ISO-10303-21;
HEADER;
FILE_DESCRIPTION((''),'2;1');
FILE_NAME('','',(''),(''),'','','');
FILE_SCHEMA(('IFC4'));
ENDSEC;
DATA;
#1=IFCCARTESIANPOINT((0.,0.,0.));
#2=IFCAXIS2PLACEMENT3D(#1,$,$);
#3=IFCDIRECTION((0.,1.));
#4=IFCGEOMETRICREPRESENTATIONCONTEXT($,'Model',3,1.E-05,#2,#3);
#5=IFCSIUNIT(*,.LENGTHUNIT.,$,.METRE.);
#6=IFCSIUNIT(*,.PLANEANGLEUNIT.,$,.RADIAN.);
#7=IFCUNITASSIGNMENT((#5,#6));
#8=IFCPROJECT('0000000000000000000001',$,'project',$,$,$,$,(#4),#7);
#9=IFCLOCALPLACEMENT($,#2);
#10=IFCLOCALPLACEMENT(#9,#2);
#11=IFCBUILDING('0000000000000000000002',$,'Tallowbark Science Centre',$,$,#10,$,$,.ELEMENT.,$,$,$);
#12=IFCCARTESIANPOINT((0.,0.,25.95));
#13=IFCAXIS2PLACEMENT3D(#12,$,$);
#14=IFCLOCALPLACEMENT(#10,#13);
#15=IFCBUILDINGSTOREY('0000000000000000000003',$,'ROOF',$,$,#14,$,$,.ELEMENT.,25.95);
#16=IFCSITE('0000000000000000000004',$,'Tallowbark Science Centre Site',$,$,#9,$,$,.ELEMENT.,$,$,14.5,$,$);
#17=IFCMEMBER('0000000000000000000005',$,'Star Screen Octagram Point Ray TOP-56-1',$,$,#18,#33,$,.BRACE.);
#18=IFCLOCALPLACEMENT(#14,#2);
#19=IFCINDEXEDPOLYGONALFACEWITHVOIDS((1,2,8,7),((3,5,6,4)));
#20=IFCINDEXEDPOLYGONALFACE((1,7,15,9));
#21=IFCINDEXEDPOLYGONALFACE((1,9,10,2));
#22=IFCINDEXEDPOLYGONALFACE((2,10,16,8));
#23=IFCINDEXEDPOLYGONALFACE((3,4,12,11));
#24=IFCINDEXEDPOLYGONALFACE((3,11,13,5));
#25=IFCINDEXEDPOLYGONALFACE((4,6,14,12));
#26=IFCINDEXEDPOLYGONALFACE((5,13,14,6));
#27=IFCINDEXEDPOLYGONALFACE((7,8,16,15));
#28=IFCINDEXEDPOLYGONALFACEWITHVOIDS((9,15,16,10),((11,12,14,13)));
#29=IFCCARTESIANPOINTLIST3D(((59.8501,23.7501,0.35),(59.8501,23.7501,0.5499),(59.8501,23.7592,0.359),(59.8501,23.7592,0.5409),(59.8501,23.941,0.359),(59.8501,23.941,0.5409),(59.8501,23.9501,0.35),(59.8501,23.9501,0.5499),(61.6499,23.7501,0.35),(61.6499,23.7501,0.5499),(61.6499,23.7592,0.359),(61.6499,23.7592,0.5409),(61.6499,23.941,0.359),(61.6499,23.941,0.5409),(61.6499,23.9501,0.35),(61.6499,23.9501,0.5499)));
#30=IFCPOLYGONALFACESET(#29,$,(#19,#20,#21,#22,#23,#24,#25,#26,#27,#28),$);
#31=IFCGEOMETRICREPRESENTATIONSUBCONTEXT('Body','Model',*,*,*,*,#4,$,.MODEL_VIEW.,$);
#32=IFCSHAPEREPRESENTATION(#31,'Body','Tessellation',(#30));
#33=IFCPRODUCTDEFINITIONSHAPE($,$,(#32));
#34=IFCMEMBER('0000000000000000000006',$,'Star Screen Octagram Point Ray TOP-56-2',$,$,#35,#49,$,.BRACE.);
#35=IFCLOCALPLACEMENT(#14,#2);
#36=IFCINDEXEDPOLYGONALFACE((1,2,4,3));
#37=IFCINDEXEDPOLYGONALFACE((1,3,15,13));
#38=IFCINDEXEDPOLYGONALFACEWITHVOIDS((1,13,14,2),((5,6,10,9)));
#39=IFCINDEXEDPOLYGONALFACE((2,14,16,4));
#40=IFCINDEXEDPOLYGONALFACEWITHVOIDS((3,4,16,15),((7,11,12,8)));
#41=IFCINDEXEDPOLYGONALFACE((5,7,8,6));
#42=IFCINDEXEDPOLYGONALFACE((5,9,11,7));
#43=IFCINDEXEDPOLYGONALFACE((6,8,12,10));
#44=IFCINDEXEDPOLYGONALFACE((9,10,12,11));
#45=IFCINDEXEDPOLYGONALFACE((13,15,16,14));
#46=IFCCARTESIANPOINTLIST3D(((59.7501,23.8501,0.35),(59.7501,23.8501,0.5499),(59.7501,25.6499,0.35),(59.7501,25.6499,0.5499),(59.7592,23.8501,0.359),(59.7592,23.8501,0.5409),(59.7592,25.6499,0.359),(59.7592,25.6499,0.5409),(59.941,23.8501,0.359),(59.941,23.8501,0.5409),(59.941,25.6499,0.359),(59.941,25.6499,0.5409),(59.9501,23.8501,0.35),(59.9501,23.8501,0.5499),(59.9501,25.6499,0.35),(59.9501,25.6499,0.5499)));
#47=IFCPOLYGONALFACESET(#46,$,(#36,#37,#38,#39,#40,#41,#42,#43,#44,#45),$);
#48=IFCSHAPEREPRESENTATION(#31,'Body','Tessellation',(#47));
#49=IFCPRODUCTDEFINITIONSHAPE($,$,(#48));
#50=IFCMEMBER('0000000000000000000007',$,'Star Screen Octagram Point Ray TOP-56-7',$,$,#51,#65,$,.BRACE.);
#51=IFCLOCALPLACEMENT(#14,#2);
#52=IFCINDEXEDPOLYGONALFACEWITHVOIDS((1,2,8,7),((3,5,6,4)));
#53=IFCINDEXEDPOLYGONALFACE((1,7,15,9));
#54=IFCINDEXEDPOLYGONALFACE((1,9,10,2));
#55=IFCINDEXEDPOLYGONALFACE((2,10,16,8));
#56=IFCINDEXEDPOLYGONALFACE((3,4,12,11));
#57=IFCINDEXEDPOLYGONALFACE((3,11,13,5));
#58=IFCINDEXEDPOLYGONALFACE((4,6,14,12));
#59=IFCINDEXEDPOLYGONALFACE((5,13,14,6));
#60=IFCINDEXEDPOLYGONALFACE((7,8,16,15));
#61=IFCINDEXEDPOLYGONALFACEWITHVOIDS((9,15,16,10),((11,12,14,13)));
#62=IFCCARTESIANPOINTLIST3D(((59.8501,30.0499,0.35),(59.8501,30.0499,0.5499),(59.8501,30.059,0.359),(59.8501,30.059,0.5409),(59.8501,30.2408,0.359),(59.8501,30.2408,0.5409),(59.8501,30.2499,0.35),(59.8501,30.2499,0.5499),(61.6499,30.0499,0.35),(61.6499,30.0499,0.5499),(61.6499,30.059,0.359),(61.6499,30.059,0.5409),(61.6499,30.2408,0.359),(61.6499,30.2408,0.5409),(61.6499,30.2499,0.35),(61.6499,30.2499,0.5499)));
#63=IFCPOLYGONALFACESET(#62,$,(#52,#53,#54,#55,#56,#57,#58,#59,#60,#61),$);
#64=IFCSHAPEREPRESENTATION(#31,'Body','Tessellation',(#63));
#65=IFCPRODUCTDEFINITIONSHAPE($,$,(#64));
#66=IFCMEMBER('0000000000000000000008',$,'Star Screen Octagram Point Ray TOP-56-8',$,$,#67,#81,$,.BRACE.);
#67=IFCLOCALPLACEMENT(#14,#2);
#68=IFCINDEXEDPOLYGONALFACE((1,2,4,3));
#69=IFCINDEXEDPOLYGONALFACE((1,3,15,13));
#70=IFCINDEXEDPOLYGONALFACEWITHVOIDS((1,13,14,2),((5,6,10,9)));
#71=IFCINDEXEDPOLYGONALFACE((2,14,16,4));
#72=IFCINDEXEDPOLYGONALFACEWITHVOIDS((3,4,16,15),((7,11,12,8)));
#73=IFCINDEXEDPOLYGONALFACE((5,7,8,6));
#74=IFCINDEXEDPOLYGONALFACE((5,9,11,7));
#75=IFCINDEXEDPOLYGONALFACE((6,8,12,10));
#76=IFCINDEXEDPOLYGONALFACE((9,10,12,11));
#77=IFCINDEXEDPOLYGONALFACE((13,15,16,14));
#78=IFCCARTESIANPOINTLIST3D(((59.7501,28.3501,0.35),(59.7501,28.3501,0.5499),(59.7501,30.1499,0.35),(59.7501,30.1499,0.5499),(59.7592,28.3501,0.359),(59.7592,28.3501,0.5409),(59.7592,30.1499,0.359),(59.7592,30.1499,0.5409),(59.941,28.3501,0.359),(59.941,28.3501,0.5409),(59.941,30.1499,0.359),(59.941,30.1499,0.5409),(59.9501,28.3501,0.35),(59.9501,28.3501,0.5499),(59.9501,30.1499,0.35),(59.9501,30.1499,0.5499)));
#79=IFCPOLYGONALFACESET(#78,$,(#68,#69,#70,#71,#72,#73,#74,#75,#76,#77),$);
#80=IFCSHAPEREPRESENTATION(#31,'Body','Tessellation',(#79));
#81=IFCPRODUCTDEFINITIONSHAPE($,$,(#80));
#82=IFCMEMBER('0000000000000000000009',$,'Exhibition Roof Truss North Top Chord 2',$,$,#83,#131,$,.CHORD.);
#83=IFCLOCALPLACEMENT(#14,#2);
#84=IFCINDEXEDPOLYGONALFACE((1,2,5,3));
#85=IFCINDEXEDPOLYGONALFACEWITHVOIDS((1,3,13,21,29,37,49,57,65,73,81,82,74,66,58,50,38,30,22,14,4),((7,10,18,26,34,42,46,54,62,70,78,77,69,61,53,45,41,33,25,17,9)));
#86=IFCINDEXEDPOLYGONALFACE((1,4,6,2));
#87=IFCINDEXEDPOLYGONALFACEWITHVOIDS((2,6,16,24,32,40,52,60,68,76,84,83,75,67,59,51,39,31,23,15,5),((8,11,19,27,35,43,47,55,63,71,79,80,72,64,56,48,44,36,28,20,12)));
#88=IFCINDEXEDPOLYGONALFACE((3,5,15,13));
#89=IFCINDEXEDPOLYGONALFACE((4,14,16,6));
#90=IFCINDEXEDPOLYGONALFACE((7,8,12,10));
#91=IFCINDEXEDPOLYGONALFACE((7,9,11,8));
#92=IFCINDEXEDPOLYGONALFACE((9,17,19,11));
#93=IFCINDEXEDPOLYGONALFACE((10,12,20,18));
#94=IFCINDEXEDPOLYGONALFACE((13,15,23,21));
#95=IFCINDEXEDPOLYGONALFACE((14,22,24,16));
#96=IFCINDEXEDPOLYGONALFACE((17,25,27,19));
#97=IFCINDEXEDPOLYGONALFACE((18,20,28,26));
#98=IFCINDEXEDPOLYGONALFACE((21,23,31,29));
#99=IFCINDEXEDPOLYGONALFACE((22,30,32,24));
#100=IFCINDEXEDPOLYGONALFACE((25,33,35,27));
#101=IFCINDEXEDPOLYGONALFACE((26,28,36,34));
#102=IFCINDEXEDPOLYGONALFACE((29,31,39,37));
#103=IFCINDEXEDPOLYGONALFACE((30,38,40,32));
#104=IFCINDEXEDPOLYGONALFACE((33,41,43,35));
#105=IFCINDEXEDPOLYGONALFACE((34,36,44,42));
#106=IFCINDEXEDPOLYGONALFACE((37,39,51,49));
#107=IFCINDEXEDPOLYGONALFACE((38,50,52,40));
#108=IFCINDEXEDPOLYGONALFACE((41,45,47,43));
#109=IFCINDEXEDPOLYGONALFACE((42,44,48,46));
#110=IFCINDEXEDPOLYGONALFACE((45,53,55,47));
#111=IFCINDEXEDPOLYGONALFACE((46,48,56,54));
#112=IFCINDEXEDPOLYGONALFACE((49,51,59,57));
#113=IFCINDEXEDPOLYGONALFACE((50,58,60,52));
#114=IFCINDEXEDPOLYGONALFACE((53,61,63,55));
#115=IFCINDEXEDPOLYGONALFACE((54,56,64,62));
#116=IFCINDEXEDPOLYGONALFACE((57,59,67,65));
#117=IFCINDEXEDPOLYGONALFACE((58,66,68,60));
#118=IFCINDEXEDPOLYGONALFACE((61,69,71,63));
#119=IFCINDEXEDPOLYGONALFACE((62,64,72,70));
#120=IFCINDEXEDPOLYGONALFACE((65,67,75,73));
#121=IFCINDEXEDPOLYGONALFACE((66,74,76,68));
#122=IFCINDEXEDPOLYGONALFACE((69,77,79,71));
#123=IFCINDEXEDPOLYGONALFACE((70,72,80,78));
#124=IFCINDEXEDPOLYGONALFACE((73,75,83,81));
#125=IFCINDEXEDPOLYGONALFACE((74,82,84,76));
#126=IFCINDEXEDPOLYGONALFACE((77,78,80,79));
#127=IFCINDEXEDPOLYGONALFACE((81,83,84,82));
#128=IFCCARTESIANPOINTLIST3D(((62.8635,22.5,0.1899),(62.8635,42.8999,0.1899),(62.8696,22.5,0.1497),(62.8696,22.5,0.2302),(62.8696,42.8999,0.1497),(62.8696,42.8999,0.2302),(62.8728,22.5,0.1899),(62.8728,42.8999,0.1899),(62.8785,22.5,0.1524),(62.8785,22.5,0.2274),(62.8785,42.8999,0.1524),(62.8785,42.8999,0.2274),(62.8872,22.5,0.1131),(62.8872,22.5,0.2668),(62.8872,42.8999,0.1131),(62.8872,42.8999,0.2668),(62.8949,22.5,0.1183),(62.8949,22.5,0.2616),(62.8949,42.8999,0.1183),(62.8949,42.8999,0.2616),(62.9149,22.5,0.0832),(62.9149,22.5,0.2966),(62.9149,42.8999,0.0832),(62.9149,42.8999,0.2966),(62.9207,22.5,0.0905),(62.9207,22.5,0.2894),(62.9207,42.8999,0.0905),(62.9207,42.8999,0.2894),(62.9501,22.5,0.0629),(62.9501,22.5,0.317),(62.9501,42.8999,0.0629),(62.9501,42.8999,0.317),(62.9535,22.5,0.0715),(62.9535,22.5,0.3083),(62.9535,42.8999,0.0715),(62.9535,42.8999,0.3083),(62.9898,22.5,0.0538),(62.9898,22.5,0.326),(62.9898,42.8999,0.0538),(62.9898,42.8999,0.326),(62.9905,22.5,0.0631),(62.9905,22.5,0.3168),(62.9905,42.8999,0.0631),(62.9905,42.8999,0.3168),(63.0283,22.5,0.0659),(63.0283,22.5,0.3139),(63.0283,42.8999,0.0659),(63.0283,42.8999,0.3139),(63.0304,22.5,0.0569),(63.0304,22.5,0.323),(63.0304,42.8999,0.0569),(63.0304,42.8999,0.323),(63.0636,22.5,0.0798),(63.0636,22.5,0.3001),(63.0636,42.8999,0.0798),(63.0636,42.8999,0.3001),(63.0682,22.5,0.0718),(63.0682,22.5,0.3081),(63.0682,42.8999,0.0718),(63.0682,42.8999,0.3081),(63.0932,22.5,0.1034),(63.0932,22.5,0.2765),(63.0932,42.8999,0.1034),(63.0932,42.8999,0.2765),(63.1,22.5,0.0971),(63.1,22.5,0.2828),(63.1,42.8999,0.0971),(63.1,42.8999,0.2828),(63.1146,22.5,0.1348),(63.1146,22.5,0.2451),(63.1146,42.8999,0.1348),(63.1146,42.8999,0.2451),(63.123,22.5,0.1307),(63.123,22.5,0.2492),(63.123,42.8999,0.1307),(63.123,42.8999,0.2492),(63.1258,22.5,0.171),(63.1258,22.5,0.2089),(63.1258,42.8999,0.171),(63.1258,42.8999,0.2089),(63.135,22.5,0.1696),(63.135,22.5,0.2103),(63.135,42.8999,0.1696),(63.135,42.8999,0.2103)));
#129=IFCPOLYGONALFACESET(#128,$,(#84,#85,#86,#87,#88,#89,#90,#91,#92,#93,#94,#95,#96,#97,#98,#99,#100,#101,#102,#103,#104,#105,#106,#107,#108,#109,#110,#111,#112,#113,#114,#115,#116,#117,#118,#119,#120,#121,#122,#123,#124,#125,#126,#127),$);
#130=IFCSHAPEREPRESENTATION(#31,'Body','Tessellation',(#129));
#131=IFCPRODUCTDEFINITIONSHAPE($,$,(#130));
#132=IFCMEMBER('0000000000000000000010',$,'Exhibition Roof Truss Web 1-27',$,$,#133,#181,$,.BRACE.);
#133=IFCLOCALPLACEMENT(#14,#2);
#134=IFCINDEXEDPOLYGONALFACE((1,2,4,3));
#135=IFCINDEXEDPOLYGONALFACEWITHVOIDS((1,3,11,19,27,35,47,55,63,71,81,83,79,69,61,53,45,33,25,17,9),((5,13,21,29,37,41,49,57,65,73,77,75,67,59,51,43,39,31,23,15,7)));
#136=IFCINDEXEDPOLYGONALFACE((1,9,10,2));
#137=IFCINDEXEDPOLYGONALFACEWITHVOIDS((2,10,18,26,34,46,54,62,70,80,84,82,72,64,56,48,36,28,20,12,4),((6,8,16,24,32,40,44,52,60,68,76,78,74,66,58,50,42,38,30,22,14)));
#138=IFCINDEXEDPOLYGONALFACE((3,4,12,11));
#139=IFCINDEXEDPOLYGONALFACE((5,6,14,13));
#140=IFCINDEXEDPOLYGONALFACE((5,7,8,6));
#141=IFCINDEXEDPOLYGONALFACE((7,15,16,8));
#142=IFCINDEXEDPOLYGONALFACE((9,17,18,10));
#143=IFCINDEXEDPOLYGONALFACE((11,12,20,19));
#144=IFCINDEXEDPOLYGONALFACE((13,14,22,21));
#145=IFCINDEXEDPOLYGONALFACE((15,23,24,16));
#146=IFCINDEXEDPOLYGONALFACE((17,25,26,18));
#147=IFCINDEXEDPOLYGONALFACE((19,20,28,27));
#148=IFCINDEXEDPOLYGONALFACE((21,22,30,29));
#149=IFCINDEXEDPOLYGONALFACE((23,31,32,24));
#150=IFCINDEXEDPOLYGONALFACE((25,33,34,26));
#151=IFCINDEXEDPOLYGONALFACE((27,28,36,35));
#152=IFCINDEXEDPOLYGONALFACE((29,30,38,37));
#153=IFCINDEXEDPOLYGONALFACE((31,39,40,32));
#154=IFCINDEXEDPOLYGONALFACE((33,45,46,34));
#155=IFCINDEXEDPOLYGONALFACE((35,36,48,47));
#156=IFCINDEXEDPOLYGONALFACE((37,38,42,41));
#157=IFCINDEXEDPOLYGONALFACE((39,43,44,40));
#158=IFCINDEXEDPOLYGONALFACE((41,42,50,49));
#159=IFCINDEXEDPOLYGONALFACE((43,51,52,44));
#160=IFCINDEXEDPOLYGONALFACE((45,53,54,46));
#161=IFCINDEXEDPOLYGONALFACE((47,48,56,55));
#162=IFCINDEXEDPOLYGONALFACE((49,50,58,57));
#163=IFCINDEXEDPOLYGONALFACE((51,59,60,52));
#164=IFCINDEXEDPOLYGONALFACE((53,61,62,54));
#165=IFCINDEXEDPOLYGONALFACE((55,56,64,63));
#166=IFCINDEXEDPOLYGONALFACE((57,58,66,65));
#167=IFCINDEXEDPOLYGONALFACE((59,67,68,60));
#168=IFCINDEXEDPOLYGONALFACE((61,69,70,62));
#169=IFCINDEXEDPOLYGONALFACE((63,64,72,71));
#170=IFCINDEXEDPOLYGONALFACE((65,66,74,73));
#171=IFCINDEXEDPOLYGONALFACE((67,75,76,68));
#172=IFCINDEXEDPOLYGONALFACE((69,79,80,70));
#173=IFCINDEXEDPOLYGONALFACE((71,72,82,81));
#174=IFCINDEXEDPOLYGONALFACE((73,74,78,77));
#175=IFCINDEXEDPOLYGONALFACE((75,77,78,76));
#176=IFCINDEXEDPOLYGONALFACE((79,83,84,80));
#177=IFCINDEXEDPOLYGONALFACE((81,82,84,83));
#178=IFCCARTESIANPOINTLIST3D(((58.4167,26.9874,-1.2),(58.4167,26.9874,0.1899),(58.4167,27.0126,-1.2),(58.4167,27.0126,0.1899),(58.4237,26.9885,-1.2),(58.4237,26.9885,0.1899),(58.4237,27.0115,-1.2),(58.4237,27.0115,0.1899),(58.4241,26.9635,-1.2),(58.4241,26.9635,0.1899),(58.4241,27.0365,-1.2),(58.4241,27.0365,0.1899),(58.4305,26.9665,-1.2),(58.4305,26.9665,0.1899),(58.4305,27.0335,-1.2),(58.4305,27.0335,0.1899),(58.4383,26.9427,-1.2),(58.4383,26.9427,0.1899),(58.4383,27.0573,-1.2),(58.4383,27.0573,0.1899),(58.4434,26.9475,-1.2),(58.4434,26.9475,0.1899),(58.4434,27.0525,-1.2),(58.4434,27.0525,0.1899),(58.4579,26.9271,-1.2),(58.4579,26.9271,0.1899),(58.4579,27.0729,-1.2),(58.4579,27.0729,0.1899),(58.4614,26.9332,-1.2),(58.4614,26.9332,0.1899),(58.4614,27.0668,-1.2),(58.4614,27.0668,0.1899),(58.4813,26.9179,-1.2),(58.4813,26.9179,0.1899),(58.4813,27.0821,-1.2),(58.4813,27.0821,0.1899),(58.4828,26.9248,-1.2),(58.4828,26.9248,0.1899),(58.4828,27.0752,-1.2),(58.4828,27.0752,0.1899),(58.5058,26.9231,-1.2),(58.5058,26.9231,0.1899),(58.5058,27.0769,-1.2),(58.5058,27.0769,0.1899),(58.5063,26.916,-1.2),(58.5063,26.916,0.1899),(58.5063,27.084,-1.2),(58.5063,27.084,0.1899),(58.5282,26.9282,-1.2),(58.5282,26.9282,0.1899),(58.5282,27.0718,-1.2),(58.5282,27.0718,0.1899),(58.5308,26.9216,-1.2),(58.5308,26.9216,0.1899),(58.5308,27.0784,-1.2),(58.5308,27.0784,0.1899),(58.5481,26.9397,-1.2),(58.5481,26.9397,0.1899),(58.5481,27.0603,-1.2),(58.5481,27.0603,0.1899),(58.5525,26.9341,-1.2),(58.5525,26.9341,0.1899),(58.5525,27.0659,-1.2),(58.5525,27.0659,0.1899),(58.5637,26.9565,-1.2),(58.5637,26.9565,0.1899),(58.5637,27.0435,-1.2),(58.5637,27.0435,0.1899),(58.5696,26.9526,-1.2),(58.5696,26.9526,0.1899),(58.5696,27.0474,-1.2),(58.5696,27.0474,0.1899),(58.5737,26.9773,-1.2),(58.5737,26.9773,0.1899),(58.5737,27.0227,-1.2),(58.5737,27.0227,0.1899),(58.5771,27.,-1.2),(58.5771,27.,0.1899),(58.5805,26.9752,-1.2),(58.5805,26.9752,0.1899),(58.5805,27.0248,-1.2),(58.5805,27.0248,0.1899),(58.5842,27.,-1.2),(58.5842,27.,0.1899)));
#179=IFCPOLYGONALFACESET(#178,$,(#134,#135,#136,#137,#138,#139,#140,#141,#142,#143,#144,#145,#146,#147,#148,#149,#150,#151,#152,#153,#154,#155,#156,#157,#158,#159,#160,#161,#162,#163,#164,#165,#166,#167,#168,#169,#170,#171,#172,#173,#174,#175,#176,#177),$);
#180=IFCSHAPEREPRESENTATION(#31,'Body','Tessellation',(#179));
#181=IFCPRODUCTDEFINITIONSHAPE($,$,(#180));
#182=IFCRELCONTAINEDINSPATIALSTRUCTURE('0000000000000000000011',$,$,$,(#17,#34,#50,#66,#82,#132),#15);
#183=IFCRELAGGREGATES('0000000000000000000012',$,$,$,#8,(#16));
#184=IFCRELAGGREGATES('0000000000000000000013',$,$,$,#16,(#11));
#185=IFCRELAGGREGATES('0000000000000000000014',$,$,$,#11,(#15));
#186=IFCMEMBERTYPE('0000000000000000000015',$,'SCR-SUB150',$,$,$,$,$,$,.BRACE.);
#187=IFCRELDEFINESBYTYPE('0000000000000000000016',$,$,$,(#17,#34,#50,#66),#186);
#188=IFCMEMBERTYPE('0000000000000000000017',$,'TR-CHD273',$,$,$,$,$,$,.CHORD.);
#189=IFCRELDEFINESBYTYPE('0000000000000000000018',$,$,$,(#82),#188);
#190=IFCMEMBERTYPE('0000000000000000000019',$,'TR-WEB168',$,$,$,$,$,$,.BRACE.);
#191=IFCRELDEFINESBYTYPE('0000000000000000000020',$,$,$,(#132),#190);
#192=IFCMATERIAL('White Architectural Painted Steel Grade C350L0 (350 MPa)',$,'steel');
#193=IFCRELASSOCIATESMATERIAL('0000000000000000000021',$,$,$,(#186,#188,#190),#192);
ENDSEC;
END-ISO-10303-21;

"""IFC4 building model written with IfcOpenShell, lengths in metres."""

from ifc_helpers import new_model, si_unit, direction, frame, origin, origin_2d, place, context, subcontext, project, spatial, hollow_rectangle, hollow_circle, extrude, material, material_profile, profile_set, type_object, element, save


model = new_model("IFC4")

# Units and contexts
model_context = context("Model", 3, precision=1e-05, world=origin(), true_north=direction((0.0, 1.0)))
body_context = subcontext(model_context, "Body", "Model", "MODEL_VIEW")
ifc_project = project(units=[si_unit("LENGTHUNIT", "METRE"), si_unit("PLANEANGLEUNIT", "RADIAN")], contexts=[model_context])

# Site, building, storey
site_placement = place(None, origin())
site = spatial("IfcSite", under=ifc_project, at=site_placement, Name="Tallowbark Science Centre Site", CompositionType="ELEMENT", RefElevation=14.5)
building_placement = place(site_placement, origin())
building = spatial("IfcBuilding", under=site, at=building_placement, Name="Tallowbark Science Centre", CompositionType="ELEMENT")
storey_placement = place(building_placement, frame((0.0, 0.0, 25.95)))
storey = spatial("IfcBuildingStorey", under=building, at=storey_placement, Name="ROOF", CompositionType="ELEMENT", Elevation=25.95)

# Shared definitions
ifc_material_1 = material(Name="White Architectural Painted Steel Grade C350L0 (350 MPa)", Category="steel")

# Members
ifc_material_profile_1 = material_profile(ifc_material_1, hollow_rectangle(XDim=0.2, YDim=0.2, WallThickness=0.009, at=origin_2d()), Name="200x200x9.0SHS")
ifc_profile_set_1 = profile_set([ifc_material_profile_1], Name="White Architectural Painted Steel Grade C350L0 (350 MPa)")
member_type_1 = type_object("IfcMemberType", Name="SCR-SUB150", PredefinedType="BRACE", material=ifc_profile_set_1)
for number, where, z_axis, x_axis, name in (
    (1, (59.8501, 23.8501, 0.45), (1.0, 0.0, 0.0), (0.0, 1.0, 0.0), "Star Screen Octagram Point Ray TOP-56-1"),
    (2, (59.8501, 23.8501, 0.45), (0.0, 1.0, 0.0), (-1.0, 0.0, 0.0), "Star Screen Octagram Point Ray TOP-56-2"),
    (3, (59.8501, 30.1499, 0.45), (1.0, 0.0, 0.0), (0.0, 1.0, 0.0), "Star Screen Octagram Point Ray TOP-56-7"),
    (4, (59.8501, 30.1499, 0.45), (0.0, -1.0, 0.0), (1.0, 0.0, 0.0), "Star Screen Octagram Point Ray TOP-56-8"),
):
    element("IfcMember", number, at=place(storey_placement, frame(where, z_axis=z_axis, x_axis=x_axis)), inside=storey, type_object=member_type_1, Name=name, PredefinedType="BRACE", context=body_context, shape_type="SweptSolid", body=[
        extrude(hollow_rectangle(XDim=0.2, YDim=0.2, WallThickness=0.009, at=origin_2d()), origin(), (0.0, 0.0, 1.0), 1.7998),
    ])
ifc_material_profile_2 = material_profile(ifc_material_1, hollow_circle(Radius=0.1365, WallThickness=0.0093, at=origin_2d()), Name="273.1x9.3CHS")
ifc_profile_set_2 = profile_set([ifc_material_profile_2], Name="White Architectural Painted Steel Grade C350L0 (350 MPa)")
member_type_2 = type_object("IfcMemberType", Name="TR-CHD273", PredefinedType="CHORD", material=ifc_profile_set_2)
member_1_placement = place(storey_placement, frame((63.0, 22.5, 0.1899), z_axis=(0.0, 1.0, 0.0), x_axis=(-1.0, 0.0, 0.0)))
element("IfcMember", 5, at=member_1_placement, inside=storey, type_object=member_type_2, Name="Exhibition Roof Truss North Top Chord 2", PredefinedType="CHORD", context=body_context, shape_type="SweptSolid", body=[
    extrude(hollow_circle(Radius=0.1365, WallThickness=0.0093, at=origin_2d()), origin(), (0.0, 0.0, 1.0), 20.3999),
])
ifc_material_profile_3 = material_profile(ifc_material_1, hollow_circle(Radius=0.0842, WallThickness=0.0071, at=origin_2d()), Name="168.3x7.1CHS")
ifc_profile_set_3 = profile_set([ifc_material_profile_3], Name="White Architectural Painted Steel Grade C350L0 (350 MPa)")
member_type_3 = type_object("IfcMemberType", Name="TR-WEB168", PredefinedType="BRACE", material=ifc_profile_set_3)
for number, where, z_axis, x_axis, name in (
    (6, (58.5, 27.0, -1.2), (0.0, 0.0, 1.0), (1.0, 0.0, 0.0), "Exhibition Roof Truss Web 1-27"),
):
    element("IfcMember", number, at=place(storey_placement, frame(where, z_axis=z_axis, x_axis=x_axis)), inside=storey, type_object=member_type_3, Name=name, PredefinedType="BRACE", context=body_context, shape_type="SweptSolid", body=[
        extrude(hollow_circle(Radius=0.0842, WallThickness=0.0071, at=origin_2d()), origin(), (0.0, 0.0, 1.0), 1.3899),
    ])

save(model, "model.ifc")
